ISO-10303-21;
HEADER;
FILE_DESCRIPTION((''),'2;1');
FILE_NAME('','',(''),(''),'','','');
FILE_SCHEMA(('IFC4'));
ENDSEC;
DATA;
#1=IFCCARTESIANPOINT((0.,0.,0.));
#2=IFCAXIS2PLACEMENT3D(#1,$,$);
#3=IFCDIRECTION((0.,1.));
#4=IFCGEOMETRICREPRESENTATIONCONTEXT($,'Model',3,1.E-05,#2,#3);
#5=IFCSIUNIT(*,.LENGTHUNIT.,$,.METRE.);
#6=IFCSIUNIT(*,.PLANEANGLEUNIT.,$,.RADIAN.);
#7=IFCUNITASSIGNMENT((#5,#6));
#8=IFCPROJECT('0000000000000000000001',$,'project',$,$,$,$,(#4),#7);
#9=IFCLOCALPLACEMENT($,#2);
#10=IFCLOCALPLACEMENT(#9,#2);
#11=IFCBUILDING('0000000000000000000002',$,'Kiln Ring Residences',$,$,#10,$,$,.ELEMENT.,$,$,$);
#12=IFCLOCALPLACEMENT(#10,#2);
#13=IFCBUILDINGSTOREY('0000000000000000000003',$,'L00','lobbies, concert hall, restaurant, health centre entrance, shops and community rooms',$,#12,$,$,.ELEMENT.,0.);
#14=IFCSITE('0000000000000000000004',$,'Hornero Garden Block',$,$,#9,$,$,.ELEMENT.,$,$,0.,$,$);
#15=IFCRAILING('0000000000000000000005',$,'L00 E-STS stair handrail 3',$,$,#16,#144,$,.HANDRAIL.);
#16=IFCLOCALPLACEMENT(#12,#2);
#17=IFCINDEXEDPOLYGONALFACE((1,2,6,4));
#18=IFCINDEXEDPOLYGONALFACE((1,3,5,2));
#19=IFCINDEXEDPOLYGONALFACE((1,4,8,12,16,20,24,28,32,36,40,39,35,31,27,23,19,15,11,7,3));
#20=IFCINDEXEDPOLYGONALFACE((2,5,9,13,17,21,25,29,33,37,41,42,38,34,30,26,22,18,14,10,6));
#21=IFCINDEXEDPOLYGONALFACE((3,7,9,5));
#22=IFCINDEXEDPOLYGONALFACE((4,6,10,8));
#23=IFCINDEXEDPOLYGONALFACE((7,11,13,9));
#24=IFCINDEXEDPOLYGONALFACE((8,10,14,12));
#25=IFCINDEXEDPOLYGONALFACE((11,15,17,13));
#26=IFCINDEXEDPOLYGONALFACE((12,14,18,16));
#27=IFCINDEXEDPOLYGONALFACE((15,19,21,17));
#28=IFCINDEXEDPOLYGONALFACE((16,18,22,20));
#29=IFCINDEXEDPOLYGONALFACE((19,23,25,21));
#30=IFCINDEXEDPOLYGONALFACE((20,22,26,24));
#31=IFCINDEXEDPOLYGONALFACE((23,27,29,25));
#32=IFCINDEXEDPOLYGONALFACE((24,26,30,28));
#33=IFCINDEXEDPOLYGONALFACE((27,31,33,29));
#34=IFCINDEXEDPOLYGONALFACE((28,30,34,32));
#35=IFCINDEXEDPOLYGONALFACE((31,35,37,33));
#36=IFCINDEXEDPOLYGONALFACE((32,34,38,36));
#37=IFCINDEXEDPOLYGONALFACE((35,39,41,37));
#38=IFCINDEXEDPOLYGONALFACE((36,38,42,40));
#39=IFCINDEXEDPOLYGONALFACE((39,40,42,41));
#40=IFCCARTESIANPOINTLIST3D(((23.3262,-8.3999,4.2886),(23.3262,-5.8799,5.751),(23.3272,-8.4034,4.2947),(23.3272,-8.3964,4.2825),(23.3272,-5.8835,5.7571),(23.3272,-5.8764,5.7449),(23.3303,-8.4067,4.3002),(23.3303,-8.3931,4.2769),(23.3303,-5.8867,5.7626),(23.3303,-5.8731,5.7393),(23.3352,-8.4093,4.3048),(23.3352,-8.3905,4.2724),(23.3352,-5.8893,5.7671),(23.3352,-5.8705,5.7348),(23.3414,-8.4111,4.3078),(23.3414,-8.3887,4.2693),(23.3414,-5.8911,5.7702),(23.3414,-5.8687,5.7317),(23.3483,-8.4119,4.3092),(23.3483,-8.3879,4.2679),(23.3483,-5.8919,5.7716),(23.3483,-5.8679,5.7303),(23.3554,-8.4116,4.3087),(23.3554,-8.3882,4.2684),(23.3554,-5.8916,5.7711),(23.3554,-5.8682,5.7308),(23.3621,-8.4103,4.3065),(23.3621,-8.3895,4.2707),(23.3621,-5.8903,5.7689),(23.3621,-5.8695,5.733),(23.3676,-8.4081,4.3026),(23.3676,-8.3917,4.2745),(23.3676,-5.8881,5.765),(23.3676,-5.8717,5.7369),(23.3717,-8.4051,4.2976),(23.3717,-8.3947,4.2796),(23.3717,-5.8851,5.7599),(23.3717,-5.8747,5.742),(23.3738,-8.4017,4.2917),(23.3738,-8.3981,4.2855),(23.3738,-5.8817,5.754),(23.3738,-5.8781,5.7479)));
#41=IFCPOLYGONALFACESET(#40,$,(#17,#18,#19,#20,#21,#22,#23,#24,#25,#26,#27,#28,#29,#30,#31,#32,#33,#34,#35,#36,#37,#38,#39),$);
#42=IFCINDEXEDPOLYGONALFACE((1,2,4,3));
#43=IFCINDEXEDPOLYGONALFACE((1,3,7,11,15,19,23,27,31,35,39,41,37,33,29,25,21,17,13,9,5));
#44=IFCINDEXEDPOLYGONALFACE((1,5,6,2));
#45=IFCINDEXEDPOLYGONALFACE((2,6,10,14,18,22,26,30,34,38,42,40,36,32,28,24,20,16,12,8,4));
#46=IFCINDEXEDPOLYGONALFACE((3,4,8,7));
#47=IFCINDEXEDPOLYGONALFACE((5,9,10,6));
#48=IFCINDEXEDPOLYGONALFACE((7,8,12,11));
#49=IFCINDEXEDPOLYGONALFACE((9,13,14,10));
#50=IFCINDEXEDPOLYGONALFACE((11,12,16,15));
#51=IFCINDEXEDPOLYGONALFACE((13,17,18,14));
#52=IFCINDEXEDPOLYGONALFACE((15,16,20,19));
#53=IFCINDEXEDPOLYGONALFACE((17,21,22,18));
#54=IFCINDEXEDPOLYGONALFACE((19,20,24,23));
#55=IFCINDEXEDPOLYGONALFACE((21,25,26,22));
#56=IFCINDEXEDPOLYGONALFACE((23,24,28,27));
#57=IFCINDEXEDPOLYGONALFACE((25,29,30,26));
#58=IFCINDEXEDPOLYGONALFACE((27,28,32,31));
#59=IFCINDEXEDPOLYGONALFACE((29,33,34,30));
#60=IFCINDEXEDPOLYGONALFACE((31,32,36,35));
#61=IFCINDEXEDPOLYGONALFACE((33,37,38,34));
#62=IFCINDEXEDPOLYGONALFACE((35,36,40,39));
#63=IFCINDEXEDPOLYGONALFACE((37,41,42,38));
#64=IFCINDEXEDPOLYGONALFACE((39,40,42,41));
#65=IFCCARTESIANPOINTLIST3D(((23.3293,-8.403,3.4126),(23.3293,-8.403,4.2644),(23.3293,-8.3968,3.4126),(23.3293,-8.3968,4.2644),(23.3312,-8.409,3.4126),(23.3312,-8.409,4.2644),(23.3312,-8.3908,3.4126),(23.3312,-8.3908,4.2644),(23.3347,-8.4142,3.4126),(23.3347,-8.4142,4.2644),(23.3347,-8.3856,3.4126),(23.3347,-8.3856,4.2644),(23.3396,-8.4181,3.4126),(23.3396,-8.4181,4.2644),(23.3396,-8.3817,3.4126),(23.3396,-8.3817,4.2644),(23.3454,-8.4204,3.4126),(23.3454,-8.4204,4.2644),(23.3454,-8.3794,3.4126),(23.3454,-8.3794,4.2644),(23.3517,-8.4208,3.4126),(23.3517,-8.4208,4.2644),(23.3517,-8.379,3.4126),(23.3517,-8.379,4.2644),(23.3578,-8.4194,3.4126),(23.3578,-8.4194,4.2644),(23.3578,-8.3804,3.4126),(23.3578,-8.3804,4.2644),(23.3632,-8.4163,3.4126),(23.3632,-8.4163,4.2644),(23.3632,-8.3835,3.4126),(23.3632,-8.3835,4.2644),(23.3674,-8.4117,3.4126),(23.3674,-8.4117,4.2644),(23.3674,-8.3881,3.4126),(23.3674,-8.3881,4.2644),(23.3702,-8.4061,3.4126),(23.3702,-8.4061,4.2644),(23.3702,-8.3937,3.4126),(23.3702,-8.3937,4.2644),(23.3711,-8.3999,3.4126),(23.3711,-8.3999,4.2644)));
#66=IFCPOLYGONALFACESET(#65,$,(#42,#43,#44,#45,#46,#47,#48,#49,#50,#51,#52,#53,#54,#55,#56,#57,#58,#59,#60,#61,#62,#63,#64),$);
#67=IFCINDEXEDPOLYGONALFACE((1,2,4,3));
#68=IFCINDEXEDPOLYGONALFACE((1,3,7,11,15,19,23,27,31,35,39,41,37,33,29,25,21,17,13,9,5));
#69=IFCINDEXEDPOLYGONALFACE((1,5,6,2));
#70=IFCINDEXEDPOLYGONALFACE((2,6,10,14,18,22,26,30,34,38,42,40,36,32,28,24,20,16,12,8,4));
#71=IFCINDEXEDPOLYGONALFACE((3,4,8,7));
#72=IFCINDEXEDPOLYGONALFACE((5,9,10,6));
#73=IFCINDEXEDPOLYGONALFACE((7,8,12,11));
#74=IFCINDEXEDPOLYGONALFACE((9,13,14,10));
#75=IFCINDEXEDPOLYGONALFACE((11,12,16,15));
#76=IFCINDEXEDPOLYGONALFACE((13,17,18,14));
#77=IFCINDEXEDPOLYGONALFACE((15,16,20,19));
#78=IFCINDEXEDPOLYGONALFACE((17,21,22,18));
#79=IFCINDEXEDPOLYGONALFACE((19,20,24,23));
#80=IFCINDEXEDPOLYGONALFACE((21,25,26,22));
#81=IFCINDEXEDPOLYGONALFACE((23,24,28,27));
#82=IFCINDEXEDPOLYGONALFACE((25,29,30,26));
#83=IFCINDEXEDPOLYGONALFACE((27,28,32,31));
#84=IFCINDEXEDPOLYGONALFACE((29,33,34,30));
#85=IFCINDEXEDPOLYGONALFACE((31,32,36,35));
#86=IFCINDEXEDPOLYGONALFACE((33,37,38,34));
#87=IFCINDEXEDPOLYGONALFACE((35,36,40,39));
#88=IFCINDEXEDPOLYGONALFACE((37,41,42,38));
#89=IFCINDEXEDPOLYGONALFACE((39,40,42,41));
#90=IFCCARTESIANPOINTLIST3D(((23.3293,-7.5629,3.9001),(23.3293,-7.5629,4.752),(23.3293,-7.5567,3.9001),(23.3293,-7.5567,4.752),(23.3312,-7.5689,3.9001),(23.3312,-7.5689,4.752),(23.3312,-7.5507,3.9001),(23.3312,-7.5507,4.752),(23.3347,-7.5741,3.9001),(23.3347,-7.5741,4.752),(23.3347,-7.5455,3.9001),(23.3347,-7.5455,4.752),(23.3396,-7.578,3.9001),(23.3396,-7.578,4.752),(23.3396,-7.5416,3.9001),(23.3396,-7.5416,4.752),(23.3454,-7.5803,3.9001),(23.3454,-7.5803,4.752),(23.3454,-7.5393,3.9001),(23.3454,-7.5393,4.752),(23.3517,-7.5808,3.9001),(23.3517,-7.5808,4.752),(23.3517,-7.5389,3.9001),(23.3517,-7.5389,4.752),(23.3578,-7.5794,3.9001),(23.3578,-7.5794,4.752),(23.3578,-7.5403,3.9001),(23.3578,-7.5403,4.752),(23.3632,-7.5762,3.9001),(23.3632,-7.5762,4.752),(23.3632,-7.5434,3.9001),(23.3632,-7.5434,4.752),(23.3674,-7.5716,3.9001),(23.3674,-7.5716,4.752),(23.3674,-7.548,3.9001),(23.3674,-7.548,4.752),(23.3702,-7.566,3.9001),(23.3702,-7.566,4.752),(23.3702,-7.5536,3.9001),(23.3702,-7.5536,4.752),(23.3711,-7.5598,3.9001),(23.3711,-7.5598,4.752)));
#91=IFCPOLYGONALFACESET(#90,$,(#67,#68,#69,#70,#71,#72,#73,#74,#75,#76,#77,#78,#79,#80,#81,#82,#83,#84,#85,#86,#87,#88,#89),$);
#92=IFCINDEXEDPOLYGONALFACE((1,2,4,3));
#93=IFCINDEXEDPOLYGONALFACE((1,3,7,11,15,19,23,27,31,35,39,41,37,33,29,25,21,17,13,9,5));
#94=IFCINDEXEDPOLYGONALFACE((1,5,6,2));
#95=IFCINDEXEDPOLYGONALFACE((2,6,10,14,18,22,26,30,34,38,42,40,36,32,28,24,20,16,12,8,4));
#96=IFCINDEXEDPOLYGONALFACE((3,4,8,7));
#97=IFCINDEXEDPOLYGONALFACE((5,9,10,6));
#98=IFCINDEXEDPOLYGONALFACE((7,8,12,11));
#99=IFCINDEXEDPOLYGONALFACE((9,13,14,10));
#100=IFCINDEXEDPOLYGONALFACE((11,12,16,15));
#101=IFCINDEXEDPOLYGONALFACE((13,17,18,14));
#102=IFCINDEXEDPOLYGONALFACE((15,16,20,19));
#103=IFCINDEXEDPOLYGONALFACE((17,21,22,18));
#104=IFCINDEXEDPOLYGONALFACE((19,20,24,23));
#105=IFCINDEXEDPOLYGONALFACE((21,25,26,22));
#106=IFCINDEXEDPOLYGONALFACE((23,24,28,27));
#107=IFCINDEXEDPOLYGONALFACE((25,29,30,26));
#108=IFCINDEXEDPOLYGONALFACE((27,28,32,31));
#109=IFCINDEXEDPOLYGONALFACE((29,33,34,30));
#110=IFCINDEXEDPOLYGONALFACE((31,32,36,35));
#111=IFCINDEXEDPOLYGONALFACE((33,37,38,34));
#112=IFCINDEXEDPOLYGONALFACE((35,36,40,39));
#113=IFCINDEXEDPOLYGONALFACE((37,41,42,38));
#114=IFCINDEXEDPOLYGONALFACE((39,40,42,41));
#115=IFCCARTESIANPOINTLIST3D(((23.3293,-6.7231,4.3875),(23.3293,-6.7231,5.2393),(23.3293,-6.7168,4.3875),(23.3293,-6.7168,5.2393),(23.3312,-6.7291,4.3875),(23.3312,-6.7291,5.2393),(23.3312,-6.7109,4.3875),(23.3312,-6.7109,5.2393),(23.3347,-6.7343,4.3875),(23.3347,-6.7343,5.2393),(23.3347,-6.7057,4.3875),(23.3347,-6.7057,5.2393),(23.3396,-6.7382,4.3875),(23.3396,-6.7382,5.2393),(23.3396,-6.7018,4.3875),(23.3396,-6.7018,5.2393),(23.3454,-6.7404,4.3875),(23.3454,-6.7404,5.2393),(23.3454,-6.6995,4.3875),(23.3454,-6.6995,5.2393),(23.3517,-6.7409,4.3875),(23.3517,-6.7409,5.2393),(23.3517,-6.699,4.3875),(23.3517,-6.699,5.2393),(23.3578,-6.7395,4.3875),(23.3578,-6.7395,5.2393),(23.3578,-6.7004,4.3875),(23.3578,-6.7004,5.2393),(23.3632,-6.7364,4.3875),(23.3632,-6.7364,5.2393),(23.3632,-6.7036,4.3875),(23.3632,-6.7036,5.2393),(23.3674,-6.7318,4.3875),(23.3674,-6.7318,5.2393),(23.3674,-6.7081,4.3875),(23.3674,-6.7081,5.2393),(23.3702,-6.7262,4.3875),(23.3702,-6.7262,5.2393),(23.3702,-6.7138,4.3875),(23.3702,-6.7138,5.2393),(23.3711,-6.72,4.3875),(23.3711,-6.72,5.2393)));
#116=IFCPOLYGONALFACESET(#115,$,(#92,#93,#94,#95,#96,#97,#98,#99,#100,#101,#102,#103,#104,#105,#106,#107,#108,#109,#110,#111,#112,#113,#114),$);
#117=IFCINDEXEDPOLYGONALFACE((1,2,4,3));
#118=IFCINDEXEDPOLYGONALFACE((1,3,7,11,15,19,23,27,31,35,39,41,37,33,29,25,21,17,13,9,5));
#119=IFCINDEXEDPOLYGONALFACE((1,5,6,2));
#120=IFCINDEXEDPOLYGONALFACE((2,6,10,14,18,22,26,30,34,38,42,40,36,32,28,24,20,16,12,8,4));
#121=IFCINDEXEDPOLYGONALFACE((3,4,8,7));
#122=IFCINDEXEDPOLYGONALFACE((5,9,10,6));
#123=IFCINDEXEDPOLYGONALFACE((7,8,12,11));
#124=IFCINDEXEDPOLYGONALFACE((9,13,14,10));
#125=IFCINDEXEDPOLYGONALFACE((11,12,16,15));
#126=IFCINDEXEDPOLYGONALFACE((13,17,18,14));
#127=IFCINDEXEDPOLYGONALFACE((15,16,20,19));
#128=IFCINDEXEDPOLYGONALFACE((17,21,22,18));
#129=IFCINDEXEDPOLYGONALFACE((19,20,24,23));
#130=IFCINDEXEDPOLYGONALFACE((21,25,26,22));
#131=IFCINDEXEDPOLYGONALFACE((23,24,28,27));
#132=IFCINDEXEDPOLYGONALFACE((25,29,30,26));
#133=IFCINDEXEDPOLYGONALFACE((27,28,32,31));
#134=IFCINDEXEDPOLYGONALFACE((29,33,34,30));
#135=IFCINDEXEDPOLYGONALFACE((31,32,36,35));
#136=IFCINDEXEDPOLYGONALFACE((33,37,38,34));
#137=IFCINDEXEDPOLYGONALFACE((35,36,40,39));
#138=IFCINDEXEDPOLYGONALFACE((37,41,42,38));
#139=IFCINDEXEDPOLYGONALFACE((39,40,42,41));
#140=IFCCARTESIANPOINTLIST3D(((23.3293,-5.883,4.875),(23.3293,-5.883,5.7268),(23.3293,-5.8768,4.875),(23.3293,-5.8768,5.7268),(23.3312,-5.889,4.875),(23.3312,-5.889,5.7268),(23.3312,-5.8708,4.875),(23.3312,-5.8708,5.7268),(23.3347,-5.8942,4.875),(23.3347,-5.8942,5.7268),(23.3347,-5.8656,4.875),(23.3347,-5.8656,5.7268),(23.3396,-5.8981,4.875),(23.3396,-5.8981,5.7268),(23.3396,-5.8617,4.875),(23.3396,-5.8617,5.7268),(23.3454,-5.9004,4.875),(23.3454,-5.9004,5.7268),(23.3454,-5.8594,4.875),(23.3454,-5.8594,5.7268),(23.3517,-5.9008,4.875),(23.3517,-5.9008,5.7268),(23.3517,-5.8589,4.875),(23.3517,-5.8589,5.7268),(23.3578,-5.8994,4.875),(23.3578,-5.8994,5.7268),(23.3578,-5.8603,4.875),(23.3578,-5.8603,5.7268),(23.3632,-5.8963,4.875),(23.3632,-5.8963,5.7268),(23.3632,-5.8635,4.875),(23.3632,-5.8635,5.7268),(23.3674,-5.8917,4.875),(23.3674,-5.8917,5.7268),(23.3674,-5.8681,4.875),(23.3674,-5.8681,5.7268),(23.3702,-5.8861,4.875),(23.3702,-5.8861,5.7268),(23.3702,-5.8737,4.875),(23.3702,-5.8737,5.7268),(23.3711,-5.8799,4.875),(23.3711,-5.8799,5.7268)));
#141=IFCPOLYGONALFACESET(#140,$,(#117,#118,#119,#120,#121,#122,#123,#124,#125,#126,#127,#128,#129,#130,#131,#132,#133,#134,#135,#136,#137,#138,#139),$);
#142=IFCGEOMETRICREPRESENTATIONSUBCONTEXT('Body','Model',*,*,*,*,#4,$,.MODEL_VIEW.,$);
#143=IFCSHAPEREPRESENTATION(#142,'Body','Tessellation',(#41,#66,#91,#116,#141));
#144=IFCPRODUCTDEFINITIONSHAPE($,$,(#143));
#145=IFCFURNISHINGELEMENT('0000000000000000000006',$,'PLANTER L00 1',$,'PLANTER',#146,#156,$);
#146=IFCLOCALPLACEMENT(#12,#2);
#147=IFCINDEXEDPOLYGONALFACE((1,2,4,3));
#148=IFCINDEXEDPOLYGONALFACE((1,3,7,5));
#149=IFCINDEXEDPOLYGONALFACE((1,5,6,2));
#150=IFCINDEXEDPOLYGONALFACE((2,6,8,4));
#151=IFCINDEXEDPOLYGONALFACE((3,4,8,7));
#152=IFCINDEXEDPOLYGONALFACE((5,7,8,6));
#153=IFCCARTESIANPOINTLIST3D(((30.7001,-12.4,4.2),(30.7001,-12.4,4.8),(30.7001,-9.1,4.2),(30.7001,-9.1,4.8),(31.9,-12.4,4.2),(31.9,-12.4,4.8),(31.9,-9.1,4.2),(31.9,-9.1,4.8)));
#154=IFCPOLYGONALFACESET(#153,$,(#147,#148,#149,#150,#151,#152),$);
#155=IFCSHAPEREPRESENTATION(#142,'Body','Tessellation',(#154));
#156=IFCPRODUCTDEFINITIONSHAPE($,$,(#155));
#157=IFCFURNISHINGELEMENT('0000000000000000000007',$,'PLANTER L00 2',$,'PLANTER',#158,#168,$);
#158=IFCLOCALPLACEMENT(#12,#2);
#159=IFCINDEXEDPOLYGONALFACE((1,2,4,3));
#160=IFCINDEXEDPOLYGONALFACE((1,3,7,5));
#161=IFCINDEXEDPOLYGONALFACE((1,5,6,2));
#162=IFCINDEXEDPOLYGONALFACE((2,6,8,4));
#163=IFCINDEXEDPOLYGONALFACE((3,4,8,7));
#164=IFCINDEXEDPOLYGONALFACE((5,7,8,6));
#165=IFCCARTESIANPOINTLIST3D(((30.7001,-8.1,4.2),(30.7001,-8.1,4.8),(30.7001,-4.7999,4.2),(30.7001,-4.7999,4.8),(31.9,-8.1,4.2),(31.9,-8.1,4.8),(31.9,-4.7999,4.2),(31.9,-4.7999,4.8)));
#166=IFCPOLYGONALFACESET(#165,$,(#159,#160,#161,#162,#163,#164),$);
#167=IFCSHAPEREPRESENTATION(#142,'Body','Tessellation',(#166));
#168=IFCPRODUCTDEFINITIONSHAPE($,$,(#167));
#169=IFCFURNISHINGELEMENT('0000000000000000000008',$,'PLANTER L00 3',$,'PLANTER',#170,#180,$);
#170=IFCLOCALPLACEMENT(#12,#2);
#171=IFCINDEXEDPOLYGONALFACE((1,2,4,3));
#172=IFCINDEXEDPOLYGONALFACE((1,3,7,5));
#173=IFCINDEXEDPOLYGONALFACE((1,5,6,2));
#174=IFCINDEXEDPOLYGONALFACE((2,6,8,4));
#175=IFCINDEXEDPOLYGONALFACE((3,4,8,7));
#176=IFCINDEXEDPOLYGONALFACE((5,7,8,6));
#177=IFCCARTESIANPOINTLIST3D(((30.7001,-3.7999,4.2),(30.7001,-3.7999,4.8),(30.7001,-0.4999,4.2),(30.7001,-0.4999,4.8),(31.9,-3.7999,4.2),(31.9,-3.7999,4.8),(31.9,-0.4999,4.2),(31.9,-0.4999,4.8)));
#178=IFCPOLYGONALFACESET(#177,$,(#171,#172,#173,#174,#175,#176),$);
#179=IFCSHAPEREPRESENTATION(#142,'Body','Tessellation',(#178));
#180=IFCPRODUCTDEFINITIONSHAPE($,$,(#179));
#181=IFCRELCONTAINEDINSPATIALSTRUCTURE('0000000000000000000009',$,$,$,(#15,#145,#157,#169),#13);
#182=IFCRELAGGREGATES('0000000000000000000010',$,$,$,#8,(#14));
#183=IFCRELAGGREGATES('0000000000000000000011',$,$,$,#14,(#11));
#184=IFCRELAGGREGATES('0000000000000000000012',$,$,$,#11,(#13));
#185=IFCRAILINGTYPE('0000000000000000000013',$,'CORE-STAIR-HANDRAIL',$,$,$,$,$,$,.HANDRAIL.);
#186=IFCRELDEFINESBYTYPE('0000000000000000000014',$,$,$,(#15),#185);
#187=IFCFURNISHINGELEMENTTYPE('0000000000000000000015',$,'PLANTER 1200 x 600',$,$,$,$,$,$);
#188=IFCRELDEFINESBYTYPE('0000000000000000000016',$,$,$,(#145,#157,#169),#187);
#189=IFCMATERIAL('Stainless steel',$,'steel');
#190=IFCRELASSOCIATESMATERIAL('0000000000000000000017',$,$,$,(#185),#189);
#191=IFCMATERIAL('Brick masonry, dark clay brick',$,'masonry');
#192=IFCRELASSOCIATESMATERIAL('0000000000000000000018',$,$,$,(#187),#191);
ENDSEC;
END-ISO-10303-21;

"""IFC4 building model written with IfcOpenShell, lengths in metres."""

from ifc_helpers import new_model, si_unit, direction, frame, origin, origin_2d, place, context, subcontext, project, spatial, rectangle, circle, extrude, material, type_object, element, save


model = new_model("IFC4")

# Units and contexts
model_context = context("Model", 3, precision=1e-05, world=origin(), true_north=direction((0.0, 1.0)))
body_context = subcontext(model_context, "Body", "Model", "MODEL_VIEW")
ifc_project = project(units=[si_unit("LENGTHUNIT", "METRE"), si_unit("PLANEANGLEUNIT", "RADIAN")], contexts=[model_context])

# Site, building, storey
site_placement = place(None, origin())
site = spatial("IfcSite", under=ifc_project, at=site_placement, Name="Hornero Garden Block", CompositionType="ELEMENT", RefElevation=0.0)
building_placement = place(site_placement, origin())
building = spatial("IfcBuilding", under=site, at=building_placement, Name="Kiln Ring Residences", CompositionType="ELEMENT")
storey_placement = place(building_placement, origin())
storey = spatial("IfcBuildingStorey", under=building, at=storey_placement, Name="L00", Description="lobbies, concert hall, restaurant, health centre entrance, shops and community rooms", CompositionType="ELEMENT", Elevation=0.0)

# Railing
ifc_material_1 = material(Name="Stainless steel", Category="steel")
railing_type_1 = type_object("IfcRailingType", Name="CORE-STAIR-HANDRAIL", PredefinedType="HANDRAIL", material=ifc_material_1)
for number, where, name in (
    (1, (23.3501, -8.3999, 3.4126), "L00 E-STS stair handrail 3"),
):
    element("IfcRailing", number, at=place(storey_placement, frame(where)), inside=storey, type_object=railing_type_1, Name=name, PredefinedType="HANDRAIL", context=body_context, shape_type="SweptSolid", body=[
        extrude(circle(Radius=0.0239, at=origin_2d()), frame((0.0, 0.0, 0.876), z_axis=(0.0, 0.864913, 0.501921), x_axis=(-1.0, 0.0, 0.0)), (0.0, 0.0, 1.0), 2.9136),
        extrude(circle(Radius=0.021, at=origin_2d()), origin(), (0.0, 0.0, 1.0), 0.8518),
        extrude(circle(Radius=0.021, at=origin_2d()), frame((0.0, 0.8401, 0.4875)), (0.0, 0.0, 1.0), 0.8518),
        extrude(circle(Radius=0.021, at=origin_2d()), frame((0.0, 1.6799, 0.9749)), (0.0, 0.0, 1.0), 0.8518),
        extrude(circle(Radius=0.021, at=origin_2d()), frame((0.0, 2.52, 1.4624)), (0.0, 0.0, 1.0), 0.8518),
    ])

# Furnishing elements
ifc_material_2 = material(Name="Brick masonry, dark clay brick", Category="masonry")
furnishing_element_type = type_object("IfcFurnishingElementType", Name="PLANTER 1200 x 600", material=ifc_material_2)
for number, where, z_axis, x_axis, name in (
    (2, (31.3, -10.75, 4.2), (0.0, 0.0, 1.0), (1.0, 0.0, 0.0), "PLANTER L00 1"),
    (3, (31.3, -6.45, 4.2), (0.0, 0.0, 1.0), (1.0, 0.0, 0.0), "PLANTER L00 2"),
    (4, (31.3, -2.1499, 4.2), (0.0, 0.0, 1.0), (1.0, 0.0, 0.0), "PLANTER L00 3"),
):
    element("IfcFurnishingElement", number, at=place(storey_placement, frame(where, z_axis=z_axis, x_axis=x_axis)), inside=storey, type_object=furnishing_element_type, Name=name, ObjectType="PLANTER", context=body_context, shape_type="SweptSolid", body=[
        extrude(rectangle(XDim=1.2, YDim=3.3, at=origin_2d()), origin(), (0.0, 0.0, 1.0), 0.6001),
    ])

save(model, "model.ifc")
